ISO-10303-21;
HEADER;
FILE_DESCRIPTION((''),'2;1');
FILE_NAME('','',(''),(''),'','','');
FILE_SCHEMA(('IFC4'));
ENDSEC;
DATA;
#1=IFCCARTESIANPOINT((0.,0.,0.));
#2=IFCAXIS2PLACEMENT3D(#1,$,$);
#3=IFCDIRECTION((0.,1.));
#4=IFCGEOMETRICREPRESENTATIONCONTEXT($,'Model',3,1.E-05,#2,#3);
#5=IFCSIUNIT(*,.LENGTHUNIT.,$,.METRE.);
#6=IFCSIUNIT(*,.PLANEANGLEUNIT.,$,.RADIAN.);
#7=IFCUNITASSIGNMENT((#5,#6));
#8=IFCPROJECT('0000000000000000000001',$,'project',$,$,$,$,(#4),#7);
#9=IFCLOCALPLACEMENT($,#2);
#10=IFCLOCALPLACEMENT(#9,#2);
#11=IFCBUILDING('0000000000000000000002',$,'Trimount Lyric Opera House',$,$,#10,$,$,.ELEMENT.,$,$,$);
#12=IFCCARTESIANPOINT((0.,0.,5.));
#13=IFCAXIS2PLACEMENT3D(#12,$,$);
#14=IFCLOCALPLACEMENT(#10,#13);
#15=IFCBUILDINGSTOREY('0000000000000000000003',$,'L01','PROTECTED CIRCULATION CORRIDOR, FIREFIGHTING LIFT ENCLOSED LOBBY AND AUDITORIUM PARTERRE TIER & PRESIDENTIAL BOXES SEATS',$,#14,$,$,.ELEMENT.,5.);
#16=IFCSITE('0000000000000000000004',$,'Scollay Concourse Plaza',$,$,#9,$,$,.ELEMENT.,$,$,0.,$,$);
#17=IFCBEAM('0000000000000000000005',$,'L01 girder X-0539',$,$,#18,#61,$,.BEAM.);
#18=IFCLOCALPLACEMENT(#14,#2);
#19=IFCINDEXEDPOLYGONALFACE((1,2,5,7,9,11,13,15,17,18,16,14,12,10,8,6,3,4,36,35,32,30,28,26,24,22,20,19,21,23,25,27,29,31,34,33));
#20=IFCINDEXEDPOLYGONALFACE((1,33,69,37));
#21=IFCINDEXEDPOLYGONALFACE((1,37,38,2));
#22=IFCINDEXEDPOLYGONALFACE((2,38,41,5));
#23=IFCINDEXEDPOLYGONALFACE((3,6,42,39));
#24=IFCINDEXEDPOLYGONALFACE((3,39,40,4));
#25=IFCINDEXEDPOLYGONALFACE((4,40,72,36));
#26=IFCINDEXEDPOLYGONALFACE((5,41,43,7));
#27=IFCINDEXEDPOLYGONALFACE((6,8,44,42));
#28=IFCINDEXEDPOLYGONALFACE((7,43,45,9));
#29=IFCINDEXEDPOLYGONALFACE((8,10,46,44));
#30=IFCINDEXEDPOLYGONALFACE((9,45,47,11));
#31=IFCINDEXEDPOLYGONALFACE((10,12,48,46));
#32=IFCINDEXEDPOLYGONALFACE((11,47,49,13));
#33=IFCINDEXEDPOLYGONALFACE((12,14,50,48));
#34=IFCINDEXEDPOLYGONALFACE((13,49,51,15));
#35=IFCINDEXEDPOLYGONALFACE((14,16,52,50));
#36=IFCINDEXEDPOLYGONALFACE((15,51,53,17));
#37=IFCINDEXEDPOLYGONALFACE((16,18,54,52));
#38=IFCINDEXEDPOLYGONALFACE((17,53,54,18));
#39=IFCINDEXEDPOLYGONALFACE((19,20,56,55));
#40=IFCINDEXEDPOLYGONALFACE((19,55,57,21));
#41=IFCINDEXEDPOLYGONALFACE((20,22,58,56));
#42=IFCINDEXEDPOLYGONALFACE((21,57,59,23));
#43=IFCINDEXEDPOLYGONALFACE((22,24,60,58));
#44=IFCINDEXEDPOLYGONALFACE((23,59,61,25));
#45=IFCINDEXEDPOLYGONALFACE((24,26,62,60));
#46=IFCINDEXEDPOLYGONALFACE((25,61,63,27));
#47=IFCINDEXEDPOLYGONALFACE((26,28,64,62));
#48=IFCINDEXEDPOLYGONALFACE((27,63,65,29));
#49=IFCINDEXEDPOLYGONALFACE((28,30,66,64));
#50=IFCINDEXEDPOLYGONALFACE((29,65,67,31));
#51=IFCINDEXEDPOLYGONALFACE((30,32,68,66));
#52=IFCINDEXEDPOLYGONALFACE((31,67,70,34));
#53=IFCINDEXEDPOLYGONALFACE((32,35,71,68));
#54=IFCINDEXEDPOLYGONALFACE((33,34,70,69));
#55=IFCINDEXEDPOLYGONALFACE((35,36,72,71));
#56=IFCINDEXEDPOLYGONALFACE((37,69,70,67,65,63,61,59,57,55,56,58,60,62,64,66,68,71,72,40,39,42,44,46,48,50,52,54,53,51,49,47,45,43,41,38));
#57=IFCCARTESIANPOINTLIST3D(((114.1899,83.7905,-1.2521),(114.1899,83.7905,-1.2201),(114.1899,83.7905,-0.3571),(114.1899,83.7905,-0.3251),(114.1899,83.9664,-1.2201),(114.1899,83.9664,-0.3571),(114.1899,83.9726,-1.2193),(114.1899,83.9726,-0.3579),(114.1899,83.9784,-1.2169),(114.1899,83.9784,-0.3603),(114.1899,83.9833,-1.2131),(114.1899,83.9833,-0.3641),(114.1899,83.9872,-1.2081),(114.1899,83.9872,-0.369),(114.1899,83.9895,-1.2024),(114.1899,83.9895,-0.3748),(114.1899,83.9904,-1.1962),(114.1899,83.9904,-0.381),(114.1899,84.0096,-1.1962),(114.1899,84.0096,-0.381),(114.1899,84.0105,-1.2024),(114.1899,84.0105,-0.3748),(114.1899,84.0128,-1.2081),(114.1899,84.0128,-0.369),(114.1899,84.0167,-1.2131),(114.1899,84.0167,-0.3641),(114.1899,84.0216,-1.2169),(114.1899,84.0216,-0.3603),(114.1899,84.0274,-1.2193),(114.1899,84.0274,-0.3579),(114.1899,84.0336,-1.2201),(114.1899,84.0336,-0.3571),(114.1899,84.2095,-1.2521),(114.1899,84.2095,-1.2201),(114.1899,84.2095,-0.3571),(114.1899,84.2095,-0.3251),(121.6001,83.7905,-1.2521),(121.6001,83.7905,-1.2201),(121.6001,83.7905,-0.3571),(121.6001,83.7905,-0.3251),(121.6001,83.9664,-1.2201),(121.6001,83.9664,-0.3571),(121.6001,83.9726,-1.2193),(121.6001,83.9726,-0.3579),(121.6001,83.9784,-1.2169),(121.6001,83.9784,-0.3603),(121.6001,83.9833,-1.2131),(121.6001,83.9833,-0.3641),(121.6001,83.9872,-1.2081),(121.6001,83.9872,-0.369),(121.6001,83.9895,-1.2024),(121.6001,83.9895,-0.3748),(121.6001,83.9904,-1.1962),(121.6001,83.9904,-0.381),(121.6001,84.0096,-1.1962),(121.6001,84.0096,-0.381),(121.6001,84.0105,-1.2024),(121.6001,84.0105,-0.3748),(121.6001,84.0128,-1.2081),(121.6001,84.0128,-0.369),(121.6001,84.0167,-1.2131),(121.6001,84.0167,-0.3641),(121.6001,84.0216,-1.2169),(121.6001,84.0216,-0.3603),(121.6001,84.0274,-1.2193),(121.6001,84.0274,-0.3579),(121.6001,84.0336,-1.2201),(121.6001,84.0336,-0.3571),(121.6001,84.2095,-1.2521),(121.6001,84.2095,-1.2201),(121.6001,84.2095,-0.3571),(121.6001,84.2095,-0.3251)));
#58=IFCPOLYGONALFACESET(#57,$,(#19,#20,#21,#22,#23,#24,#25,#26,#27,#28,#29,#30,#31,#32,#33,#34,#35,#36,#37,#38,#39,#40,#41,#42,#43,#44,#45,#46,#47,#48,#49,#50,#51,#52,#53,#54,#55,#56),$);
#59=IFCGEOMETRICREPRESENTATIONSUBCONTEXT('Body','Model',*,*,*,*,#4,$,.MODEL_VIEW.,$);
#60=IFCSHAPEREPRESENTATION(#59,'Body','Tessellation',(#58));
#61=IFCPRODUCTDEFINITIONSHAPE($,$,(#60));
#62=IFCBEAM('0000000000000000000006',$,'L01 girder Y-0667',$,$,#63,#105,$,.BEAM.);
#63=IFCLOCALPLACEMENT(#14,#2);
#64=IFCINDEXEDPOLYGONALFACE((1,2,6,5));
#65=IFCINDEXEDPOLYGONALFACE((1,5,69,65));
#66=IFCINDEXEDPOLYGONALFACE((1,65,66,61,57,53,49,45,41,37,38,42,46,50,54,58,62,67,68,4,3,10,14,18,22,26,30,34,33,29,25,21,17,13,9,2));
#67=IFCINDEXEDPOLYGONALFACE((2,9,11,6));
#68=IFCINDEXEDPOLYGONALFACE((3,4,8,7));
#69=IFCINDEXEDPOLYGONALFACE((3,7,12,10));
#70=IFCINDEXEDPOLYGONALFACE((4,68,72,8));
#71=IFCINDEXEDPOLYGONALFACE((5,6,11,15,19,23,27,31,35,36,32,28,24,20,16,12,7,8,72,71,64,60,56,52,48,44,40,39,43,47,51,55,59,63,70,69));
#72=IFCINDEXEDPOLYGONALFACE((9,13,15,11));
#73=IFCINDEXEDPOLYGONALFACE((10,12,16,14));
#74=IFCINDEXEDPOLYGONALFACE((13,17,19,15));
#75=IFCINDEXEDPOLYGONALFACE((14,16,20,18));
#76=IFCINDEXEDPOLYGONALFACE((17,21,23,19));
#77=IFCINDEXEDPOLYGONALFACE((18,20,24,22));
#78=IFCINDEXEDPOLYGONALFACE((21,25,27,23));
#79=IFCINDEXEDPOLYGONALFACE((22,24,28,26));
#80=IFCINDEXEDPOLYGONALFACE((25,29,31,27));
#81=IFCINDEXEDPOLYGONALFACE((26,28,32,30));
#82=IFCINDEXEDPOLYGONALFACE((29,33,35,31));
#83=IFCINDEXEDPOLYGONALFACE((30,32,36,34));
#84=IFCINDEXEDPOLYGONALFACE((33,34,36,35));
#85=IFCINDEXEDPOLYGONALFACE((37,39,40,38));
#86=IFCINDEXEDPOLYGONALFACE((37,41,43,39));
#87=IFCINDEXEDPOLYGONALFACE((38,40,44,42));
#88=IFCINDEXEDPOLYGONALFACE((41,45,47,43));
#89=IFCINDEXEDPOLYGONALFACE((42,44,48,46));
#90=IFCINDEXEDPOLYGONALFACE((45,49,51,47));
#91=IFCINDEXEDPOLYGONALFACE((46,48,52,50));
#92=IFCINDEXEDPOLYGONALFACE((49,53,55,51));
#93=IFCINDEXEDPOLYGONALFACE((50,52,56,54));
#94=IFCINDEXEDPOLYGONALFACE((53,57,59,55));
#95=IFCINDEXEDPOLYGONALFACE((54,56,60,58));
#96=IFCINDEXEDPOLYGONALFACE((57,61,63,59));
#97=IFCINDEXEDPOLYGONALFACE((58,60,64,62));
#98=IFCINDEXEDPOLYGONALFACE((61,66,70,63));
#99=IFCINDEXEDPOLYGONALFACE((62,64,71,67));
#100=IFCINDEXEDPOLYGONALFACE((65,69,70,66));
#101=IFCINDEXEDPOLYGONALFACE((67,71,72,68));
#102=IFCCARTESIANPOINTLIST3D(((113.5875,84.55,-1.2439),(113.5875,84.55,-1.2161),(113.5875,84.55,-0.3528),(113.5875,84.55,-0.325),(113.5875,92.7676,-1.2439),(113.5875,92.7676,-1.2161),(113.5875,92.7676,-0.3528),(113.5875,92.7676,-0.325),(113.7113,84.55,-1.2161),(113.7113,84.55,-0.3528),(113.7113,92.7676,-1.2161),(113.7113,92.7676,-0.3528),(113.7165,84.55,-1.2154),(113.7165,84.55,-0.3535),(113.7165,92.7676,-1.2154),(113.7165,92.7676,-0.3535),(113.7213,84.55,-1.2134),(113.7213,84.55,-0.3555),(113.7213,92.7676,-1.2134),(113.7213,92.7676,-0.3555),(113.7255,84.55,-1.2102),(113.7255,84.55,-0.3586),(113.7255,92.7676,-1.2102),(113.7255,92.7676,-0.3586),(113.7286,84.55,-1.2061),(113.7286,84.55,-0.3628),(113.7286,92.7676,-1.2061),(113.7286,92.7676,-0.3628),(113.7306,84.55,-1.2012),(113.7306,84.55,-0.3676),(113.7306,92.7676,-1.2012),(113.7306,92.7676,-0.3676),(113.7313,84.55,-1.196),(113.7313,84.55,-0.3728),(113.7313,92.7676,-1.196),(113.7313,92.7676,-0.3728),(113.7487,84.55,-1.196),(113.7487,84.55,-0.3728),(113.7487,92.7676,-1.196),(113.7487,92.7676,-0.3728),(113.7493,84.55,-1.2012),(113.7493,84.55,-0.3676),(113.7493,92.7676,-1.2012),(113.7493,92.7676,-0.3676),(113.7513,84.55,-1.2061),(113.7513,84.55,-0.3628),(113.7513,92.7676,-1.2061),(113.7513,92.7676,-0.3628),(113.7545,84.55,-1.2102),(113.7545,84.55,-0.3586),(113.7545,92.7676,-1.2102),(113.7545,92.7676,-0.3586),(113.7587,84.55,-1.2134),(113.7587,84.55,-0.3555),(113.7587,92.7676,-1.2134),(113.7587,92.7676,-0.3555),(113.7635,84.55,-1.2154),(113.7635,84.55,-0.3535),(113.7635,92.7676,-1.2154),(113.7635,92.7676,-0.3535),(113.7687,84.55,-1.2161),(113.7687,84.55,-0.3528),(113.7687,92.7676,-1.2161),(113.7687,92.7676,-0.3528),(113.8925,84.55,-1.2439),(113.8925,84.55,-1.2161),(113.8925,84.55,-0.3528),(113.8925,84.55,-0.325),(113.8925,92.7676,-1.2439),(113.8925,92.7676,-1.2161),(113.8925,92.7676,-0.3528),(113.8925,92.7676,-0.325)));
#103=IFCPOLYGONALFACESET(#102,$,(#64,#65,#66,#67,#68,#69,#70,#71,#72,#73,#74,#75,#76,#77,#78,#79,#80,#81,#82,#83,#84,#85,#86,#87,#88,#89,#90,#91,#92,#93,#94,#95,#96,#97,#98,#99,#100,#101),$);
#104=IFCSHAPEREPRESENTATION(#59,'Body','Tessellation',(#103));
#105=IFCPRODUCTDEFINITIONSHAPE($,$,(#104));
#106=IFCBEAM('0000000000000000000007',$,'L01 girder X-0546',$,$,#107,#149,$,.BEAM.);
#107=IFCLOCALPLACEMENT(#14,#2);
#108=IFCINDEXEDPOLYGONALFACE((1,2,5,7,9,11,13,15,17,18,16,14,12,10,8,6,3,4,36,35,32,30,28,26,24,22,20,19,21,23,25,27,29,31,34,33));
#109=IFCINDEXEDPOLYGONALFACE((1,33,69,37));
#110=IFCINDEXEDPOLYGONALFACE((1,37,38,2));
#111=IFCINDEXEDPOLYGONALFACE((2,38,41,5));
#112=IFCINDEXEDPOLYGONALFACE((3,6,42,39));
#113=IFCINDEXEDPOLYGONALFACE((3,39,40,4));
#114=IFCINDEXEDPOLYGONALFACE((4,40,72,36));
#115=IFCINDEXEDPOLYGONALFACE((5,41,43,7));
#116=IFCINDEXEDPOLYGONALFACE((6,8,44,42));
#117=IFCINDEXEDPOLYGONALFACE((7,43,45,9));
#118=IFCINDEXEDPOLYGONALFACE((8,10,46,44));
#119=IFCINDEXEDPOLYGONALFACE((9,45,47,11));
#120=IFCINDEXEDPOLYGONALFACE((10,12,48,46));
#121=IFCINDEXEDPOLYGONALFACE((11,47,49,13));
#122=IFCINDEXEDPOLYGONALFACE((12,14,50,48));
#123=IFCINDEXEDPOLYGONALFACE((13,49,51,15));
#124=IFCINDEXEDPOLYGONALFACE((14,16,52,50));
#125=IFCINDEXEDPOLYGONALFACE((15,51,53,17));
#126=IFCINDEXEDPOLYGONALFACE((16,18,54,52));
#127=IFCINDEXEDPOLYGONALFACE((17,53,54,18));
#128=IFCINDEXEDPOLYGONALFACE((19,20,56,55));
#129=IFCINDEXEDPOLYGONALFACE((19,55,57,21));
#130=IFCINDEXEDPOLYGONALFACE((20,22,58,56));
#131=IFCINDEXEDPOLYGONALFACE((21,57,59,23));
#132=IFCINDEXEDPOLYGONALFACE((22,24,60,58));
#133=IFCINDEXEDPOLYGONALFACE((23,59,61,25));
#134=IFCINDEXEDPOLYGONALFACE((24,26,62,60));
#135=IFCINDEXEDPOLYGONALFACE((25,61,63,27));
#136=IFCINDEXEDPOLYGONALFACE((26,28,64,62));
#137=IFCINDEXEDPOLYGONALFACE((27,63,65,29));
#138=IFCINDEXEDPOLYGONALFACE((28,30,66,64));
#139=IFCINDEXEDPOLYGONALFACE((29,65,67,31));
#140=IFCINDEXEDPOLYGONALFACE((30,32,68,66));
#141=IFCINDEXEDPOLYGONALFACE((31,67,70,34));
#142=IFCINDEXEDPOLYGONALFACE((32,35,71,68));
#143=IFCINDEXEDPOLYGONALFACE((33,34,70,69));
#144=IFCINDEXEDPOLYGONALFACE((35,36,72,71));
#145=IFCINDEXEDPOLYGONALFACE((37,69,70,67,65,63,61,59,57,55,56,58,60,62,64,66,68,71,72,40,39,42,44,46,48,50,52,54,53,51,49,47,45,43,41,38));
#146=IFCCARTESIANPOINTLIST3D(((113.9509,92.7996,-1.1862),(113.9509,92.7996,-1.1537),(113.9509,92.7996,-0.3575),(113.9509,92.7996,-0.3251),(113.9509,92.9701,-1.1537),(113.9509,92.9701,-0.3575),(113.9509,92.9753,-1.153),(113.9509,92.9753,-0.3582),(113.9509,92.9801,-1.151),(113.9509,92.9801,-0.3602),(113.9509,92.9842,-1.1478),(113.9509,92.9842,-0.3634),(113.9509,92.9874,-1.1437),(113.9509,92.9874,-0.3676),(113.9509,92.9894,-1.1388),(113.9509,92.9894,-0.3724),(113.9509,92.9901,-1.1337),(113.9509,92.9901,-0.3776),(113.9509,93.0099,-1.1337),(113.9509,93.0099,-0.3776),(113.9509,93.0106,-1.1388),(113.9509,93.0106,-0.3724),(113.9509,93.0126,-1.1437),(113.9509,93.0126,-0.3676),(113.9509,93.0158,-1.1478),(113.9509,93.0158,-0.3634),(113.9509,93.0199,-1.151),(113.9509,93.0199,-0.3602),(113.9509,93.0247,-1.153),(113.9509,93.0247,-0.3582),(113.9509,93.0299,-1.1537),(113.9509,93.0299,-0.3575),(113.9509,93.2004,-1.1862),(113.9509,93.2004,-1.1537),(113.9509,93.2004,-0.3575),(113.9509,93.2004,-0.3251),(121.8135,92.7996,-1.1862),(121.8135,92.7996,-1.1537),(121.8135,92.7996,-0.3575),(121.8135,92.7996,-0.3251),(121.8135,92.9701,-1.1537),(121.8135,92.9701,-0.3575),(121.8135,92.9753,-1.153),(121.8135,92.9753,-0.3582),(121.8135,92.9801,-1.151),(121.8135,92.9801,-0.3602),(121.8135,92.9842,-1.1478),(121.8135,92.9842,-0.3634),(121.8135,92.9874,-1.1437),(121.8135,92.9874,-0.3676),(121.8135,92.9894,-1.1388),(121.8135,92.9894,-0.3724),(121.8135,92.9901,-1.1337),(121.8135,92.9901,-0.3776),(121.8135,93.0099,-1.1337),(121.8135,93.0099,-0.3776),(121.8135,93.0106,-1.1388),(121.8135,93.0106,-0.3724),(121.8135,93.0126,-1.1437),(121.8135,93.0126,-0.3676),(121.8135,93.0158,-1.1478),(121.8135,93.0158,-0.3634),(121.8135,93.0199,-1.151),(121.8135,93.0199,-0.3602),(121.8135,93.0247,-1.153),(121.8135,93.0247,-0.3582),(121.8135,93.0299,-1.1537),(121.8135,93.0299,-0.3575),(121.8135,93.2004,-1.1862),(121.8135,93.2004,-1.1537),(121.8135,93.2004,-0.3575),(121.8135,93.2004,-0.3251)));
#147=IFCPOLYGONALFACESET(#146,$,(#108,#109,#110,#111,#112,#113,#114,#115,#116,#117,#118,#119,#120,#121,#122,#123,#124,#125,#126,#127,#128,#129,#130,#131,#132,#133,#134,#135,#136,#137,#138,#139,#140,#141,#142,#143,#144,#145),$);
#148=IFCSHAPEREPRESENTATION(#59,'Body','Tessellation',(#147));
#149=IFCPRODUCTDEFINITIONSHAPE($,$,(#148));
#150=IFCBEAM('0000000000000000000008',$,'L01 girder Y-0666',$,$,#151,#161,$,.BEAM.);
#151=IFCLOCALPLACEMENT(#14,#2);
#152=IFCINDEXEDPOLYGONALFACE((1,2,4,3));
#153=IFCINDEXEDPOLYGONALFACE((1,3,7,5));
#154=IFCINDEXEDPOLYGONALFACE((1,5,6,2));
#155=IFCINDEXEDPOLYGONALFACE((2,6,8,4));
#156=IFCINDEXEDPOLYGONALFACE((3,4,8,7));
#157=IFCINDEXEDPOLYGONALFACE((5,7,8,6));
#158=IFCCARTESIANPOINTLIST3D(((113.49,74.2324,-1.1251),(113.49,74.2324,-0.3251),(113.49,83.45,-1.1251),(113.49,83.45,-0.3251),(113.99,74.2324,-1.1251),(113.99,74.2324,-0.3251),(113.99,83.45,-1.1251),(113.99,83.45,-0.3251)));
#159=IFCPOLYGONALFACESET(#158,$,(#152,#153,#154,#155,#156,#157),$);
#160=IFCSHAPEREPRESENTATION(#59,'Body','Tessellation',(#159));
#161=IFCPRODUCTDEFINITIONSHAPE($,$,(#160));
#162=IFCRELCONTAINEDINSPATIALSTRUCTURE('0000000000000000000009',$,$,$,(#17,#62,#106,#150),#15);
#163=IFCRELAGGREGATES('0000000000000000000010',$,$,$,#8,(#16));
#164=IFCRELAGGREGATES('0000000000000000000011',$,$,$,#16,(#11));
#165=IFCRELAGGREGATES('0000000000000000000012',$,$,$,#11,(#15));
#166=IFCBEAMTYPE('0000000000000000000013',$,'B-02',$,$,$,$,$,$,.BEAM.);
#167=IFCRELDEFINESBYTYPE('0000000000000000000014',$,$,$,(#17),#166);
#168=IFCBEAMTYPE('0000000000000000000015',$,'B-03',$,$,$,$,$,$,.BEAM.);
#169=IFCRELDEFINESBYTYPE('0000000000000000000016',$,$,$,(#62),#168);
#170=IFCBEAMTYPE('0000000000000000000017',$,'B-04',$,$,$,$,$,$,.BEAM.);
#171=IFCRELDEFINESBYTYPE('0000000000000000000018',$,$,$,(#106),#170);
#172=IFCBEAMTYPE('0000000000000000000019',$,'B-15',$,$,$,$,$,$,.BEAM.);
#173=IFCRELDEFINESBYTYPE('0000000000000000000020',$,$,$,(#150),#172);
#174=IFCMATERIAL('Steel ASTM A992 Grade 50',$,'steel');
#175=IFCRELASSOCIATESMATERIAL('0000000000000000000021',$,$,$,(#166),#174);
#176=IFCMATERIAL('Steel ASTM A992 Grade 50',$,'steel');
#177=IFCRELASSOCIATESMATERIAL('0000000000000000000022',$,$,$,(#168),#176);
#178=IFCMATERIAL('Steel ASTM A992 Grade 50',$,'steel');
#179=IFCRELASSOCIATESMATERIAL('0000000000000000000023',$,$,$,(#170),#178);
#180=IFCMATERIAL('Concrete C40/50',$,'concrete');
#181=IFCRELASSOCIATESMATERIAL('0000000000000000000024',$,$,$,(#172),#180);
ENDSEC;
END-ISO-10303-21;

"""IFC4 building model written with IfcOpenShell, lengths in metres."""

from ifc_helpers import new_model, si_unit, direction, frame, origin, origin_2d, place, context, subcontext, project, spatial, rectangle, i_section, extrude, material, material_profile, profile_set, type_object, element, save


model = new_model("IFC4")

# Units and contexts
model_context = context("Model", 3, precision=1e-05, world=origin(), true_north=direction((0.0, 1.0)))
body_context = subcontext(model_context, "Body", "Model", "MODEL_VIEW")
ifc_project = project(units=[si_unit("LENGTHUNIT", "METRE"), si_unit("PLANEANGLEUNIT", "RADIAN")], contexts=[model_context])

# Site, building, storey
site_placement = place(None, origin())
site = spatial("IfcSite", under=ifc_project, at=site_placement, Name="Scollay Concourse Plaza", CompositionType="ELEMENT", RefElevation=0.0)
building_placement = place(site_placement, origin())
building = spatial("IfcBuilding", under=site, at=building_placement, Name="Trimount Lyric Opera House", CompositionType="ELEMENT")
storey_placement = place(building_placement, frame((0.0, 0.0, 5.0)))
storey = spatial("IfcBuildingStorey", under=building, at=storey_placement, Name="L01", Description="PROTECTED CIRCULATION CORRIDOR, FIREFIGHTING LIFT ENCLOSED LOBBY AND AUDITORIUM PARTERRE TIER & PRESIDENTIAL BOXES SEATS", CompositionType="ELEMENT", Elevation=5.0)

# Beams
ifc_material_1 = material(Name="Steel ASTM A992 Grade 50", Category="steel")
ifc_material_profile_1 = material_profile(ifc_material_1, i_section(OverallWidth=0.4189, OverallDepth=0.927, WebThickness=0.0193, FlangeThickness=0.032, FilletRadius=0.0239, at=origin_2d()), Name="W36X231")
ifc_profile_set_1 = profile_set([ifc_material_profile_1], Name="Steel ASTM A992 Grade 50")
beam_type_1 = type_object("IfcBeamType", Name="B-02", PredefinedType="BEAM", material=ifc_profile_set_1)
beam_1_placement = place(storey_placement, frame((114.1899, 84.0, -0.7886), z_axis=(1.0, 0.0, 0.0), x_axis=(0.0, 1.0, 0.0)))
element("IfcBeam", 1, at=beam_1_placement, inside=storey, type_object=beam_type_1, Name="L01 girder X-0539", PredefinedType="BEAM", context=body_context, shape_type="SweptSolid", body=[
    extrude(i_section(OverallWidth=0.4189, OverallDepth=0.927, WebThickness=0.0193, FlangeThickness=0.032, FilletRadius=0.0239, at=origin_2d()), origin(), (0.0, 0.0, 1.0), 7.4102),
])
ifc_material_2 = material(Name="Steel ASTM A992 Grade 50", Category="steel")
ifc_material_profile_2 = material_profile(ifc_material_2, i_section(OverallWidth=0.3049, OverallDepth=0.9189, WebThickness=0.0173, FlangeThickness=0.0278, FilletRadius=0.02, at=origin_2d()), Name="W36X170")
ifc_profile_set_2 = profile_set([ifc_material_profile_2], Name="Steel ASTM A992 Grade 50")
beam_type_2 = type_object("IfcBeamType", Name="B-03", PredefinedType="BEAM", material=ifc_profile_set_2)
beam_2_placement = place(storey_placement, frame((113.74, 84.55, -0.7844), z_axis=(0.0, 1.0, 0.0), x_axis=(-1.0, 0.0, 0.0)))
element("IfcBeam", 2, at=beam_2_placement, inside=storey, type_object=beam_type_2, Name="L01 girder Y-0667", PredefinedType="BEAM", context=body_context, shape_type="SweptSolid", body=[
    extrude(i_section(OverallWidth=0.3049, OverallDepth=0.9189, WebThickness=0.0173, FlangeThickness=0.0278, FilletRadius=0.02, at=origin_2d()), origin(), (0.0, 0.0, 1.0), 8.2175),
])
ifc_material_3 = material(Name="Steel ASTM A992 Grade 50", Category="steel")
ifc_material_profile_3 = material_profile(ifc_material_3, i_section(OverallWidth=0.4009, OverallDepth=0.8611, WebThickness=0.0198, FlangeThickness=0.0325, FilletRadius=0.02, at=origin_2d()), Name="W33X221")
ifc_profile_set_3 = profile_set([ifc_material_profile_3], Name="Steel ASTM A992 Grade 50")
beam_type_3 = type_object("IfcBeamType", Name="B-04", PredefinedType="BEAM", material=ifc_profile_set_3)
beam_3_placement = place(storey_placement, frame((113.9509, 93.0, -0.7556), z_axis=(1.0, 0.0, 0.0), x_axis=(0.0, 1.0, 0.0)))
element("IfcBeam", 3, at=beam_3_placement, inside=storey, type_object=beam_type_3, Name="L01 girder X-0546", PredefinedType="BEAM", context=body_context, shape_type="SweptSolid", body=[
    extrude(i_section(OverallWidth=0.4009, OverallDepth=0.8611, WebThickness=0.0198, FlangeThickness=0.0325, FilletRadius=0.02, at=origin_2d()), origin(), (0.0, 0.0, 1.0), 7.8625),
])
ifc_material_4 = material(Name="Concrete C40/50", Category="concrete")
ifc_material_profile_4 = material_profile(ifc_material_4, rectangle(XDim=0.5, YDim=0.8, at=origin_2d()), Name="RC500X800")
ifc_profile_set_4 = profile_set([ifc_material_profile_4], Name="Concrete C40/50")
beam_type_4 = type_object("IfcBeamType", Name="B-15", PredefinedType="BEAM", material=ifc_profile_set_4)
beam_4_placement = place(storey_placement, frame((113.74, 74.2324, -0.7251), z_axis=(0.0, 1.0, 0.0), x_axis=(-1.0, 0.0, 0.0)))
element("IfcBeam", 4, at=beam_4_placement, inside=storey, type_object=beam_type_4, Name="L01 girder Y-0666", PredefinedType="BEAM", context=body_context, shape_type="SweptSolid", body=[
    extrude(rectangle(XDim=0.5, YDim=0.8, at=origin_2d()), origin(), (0.0, 0.0, 1.0), 9.2175),
])

save(model, "model.ifc")
